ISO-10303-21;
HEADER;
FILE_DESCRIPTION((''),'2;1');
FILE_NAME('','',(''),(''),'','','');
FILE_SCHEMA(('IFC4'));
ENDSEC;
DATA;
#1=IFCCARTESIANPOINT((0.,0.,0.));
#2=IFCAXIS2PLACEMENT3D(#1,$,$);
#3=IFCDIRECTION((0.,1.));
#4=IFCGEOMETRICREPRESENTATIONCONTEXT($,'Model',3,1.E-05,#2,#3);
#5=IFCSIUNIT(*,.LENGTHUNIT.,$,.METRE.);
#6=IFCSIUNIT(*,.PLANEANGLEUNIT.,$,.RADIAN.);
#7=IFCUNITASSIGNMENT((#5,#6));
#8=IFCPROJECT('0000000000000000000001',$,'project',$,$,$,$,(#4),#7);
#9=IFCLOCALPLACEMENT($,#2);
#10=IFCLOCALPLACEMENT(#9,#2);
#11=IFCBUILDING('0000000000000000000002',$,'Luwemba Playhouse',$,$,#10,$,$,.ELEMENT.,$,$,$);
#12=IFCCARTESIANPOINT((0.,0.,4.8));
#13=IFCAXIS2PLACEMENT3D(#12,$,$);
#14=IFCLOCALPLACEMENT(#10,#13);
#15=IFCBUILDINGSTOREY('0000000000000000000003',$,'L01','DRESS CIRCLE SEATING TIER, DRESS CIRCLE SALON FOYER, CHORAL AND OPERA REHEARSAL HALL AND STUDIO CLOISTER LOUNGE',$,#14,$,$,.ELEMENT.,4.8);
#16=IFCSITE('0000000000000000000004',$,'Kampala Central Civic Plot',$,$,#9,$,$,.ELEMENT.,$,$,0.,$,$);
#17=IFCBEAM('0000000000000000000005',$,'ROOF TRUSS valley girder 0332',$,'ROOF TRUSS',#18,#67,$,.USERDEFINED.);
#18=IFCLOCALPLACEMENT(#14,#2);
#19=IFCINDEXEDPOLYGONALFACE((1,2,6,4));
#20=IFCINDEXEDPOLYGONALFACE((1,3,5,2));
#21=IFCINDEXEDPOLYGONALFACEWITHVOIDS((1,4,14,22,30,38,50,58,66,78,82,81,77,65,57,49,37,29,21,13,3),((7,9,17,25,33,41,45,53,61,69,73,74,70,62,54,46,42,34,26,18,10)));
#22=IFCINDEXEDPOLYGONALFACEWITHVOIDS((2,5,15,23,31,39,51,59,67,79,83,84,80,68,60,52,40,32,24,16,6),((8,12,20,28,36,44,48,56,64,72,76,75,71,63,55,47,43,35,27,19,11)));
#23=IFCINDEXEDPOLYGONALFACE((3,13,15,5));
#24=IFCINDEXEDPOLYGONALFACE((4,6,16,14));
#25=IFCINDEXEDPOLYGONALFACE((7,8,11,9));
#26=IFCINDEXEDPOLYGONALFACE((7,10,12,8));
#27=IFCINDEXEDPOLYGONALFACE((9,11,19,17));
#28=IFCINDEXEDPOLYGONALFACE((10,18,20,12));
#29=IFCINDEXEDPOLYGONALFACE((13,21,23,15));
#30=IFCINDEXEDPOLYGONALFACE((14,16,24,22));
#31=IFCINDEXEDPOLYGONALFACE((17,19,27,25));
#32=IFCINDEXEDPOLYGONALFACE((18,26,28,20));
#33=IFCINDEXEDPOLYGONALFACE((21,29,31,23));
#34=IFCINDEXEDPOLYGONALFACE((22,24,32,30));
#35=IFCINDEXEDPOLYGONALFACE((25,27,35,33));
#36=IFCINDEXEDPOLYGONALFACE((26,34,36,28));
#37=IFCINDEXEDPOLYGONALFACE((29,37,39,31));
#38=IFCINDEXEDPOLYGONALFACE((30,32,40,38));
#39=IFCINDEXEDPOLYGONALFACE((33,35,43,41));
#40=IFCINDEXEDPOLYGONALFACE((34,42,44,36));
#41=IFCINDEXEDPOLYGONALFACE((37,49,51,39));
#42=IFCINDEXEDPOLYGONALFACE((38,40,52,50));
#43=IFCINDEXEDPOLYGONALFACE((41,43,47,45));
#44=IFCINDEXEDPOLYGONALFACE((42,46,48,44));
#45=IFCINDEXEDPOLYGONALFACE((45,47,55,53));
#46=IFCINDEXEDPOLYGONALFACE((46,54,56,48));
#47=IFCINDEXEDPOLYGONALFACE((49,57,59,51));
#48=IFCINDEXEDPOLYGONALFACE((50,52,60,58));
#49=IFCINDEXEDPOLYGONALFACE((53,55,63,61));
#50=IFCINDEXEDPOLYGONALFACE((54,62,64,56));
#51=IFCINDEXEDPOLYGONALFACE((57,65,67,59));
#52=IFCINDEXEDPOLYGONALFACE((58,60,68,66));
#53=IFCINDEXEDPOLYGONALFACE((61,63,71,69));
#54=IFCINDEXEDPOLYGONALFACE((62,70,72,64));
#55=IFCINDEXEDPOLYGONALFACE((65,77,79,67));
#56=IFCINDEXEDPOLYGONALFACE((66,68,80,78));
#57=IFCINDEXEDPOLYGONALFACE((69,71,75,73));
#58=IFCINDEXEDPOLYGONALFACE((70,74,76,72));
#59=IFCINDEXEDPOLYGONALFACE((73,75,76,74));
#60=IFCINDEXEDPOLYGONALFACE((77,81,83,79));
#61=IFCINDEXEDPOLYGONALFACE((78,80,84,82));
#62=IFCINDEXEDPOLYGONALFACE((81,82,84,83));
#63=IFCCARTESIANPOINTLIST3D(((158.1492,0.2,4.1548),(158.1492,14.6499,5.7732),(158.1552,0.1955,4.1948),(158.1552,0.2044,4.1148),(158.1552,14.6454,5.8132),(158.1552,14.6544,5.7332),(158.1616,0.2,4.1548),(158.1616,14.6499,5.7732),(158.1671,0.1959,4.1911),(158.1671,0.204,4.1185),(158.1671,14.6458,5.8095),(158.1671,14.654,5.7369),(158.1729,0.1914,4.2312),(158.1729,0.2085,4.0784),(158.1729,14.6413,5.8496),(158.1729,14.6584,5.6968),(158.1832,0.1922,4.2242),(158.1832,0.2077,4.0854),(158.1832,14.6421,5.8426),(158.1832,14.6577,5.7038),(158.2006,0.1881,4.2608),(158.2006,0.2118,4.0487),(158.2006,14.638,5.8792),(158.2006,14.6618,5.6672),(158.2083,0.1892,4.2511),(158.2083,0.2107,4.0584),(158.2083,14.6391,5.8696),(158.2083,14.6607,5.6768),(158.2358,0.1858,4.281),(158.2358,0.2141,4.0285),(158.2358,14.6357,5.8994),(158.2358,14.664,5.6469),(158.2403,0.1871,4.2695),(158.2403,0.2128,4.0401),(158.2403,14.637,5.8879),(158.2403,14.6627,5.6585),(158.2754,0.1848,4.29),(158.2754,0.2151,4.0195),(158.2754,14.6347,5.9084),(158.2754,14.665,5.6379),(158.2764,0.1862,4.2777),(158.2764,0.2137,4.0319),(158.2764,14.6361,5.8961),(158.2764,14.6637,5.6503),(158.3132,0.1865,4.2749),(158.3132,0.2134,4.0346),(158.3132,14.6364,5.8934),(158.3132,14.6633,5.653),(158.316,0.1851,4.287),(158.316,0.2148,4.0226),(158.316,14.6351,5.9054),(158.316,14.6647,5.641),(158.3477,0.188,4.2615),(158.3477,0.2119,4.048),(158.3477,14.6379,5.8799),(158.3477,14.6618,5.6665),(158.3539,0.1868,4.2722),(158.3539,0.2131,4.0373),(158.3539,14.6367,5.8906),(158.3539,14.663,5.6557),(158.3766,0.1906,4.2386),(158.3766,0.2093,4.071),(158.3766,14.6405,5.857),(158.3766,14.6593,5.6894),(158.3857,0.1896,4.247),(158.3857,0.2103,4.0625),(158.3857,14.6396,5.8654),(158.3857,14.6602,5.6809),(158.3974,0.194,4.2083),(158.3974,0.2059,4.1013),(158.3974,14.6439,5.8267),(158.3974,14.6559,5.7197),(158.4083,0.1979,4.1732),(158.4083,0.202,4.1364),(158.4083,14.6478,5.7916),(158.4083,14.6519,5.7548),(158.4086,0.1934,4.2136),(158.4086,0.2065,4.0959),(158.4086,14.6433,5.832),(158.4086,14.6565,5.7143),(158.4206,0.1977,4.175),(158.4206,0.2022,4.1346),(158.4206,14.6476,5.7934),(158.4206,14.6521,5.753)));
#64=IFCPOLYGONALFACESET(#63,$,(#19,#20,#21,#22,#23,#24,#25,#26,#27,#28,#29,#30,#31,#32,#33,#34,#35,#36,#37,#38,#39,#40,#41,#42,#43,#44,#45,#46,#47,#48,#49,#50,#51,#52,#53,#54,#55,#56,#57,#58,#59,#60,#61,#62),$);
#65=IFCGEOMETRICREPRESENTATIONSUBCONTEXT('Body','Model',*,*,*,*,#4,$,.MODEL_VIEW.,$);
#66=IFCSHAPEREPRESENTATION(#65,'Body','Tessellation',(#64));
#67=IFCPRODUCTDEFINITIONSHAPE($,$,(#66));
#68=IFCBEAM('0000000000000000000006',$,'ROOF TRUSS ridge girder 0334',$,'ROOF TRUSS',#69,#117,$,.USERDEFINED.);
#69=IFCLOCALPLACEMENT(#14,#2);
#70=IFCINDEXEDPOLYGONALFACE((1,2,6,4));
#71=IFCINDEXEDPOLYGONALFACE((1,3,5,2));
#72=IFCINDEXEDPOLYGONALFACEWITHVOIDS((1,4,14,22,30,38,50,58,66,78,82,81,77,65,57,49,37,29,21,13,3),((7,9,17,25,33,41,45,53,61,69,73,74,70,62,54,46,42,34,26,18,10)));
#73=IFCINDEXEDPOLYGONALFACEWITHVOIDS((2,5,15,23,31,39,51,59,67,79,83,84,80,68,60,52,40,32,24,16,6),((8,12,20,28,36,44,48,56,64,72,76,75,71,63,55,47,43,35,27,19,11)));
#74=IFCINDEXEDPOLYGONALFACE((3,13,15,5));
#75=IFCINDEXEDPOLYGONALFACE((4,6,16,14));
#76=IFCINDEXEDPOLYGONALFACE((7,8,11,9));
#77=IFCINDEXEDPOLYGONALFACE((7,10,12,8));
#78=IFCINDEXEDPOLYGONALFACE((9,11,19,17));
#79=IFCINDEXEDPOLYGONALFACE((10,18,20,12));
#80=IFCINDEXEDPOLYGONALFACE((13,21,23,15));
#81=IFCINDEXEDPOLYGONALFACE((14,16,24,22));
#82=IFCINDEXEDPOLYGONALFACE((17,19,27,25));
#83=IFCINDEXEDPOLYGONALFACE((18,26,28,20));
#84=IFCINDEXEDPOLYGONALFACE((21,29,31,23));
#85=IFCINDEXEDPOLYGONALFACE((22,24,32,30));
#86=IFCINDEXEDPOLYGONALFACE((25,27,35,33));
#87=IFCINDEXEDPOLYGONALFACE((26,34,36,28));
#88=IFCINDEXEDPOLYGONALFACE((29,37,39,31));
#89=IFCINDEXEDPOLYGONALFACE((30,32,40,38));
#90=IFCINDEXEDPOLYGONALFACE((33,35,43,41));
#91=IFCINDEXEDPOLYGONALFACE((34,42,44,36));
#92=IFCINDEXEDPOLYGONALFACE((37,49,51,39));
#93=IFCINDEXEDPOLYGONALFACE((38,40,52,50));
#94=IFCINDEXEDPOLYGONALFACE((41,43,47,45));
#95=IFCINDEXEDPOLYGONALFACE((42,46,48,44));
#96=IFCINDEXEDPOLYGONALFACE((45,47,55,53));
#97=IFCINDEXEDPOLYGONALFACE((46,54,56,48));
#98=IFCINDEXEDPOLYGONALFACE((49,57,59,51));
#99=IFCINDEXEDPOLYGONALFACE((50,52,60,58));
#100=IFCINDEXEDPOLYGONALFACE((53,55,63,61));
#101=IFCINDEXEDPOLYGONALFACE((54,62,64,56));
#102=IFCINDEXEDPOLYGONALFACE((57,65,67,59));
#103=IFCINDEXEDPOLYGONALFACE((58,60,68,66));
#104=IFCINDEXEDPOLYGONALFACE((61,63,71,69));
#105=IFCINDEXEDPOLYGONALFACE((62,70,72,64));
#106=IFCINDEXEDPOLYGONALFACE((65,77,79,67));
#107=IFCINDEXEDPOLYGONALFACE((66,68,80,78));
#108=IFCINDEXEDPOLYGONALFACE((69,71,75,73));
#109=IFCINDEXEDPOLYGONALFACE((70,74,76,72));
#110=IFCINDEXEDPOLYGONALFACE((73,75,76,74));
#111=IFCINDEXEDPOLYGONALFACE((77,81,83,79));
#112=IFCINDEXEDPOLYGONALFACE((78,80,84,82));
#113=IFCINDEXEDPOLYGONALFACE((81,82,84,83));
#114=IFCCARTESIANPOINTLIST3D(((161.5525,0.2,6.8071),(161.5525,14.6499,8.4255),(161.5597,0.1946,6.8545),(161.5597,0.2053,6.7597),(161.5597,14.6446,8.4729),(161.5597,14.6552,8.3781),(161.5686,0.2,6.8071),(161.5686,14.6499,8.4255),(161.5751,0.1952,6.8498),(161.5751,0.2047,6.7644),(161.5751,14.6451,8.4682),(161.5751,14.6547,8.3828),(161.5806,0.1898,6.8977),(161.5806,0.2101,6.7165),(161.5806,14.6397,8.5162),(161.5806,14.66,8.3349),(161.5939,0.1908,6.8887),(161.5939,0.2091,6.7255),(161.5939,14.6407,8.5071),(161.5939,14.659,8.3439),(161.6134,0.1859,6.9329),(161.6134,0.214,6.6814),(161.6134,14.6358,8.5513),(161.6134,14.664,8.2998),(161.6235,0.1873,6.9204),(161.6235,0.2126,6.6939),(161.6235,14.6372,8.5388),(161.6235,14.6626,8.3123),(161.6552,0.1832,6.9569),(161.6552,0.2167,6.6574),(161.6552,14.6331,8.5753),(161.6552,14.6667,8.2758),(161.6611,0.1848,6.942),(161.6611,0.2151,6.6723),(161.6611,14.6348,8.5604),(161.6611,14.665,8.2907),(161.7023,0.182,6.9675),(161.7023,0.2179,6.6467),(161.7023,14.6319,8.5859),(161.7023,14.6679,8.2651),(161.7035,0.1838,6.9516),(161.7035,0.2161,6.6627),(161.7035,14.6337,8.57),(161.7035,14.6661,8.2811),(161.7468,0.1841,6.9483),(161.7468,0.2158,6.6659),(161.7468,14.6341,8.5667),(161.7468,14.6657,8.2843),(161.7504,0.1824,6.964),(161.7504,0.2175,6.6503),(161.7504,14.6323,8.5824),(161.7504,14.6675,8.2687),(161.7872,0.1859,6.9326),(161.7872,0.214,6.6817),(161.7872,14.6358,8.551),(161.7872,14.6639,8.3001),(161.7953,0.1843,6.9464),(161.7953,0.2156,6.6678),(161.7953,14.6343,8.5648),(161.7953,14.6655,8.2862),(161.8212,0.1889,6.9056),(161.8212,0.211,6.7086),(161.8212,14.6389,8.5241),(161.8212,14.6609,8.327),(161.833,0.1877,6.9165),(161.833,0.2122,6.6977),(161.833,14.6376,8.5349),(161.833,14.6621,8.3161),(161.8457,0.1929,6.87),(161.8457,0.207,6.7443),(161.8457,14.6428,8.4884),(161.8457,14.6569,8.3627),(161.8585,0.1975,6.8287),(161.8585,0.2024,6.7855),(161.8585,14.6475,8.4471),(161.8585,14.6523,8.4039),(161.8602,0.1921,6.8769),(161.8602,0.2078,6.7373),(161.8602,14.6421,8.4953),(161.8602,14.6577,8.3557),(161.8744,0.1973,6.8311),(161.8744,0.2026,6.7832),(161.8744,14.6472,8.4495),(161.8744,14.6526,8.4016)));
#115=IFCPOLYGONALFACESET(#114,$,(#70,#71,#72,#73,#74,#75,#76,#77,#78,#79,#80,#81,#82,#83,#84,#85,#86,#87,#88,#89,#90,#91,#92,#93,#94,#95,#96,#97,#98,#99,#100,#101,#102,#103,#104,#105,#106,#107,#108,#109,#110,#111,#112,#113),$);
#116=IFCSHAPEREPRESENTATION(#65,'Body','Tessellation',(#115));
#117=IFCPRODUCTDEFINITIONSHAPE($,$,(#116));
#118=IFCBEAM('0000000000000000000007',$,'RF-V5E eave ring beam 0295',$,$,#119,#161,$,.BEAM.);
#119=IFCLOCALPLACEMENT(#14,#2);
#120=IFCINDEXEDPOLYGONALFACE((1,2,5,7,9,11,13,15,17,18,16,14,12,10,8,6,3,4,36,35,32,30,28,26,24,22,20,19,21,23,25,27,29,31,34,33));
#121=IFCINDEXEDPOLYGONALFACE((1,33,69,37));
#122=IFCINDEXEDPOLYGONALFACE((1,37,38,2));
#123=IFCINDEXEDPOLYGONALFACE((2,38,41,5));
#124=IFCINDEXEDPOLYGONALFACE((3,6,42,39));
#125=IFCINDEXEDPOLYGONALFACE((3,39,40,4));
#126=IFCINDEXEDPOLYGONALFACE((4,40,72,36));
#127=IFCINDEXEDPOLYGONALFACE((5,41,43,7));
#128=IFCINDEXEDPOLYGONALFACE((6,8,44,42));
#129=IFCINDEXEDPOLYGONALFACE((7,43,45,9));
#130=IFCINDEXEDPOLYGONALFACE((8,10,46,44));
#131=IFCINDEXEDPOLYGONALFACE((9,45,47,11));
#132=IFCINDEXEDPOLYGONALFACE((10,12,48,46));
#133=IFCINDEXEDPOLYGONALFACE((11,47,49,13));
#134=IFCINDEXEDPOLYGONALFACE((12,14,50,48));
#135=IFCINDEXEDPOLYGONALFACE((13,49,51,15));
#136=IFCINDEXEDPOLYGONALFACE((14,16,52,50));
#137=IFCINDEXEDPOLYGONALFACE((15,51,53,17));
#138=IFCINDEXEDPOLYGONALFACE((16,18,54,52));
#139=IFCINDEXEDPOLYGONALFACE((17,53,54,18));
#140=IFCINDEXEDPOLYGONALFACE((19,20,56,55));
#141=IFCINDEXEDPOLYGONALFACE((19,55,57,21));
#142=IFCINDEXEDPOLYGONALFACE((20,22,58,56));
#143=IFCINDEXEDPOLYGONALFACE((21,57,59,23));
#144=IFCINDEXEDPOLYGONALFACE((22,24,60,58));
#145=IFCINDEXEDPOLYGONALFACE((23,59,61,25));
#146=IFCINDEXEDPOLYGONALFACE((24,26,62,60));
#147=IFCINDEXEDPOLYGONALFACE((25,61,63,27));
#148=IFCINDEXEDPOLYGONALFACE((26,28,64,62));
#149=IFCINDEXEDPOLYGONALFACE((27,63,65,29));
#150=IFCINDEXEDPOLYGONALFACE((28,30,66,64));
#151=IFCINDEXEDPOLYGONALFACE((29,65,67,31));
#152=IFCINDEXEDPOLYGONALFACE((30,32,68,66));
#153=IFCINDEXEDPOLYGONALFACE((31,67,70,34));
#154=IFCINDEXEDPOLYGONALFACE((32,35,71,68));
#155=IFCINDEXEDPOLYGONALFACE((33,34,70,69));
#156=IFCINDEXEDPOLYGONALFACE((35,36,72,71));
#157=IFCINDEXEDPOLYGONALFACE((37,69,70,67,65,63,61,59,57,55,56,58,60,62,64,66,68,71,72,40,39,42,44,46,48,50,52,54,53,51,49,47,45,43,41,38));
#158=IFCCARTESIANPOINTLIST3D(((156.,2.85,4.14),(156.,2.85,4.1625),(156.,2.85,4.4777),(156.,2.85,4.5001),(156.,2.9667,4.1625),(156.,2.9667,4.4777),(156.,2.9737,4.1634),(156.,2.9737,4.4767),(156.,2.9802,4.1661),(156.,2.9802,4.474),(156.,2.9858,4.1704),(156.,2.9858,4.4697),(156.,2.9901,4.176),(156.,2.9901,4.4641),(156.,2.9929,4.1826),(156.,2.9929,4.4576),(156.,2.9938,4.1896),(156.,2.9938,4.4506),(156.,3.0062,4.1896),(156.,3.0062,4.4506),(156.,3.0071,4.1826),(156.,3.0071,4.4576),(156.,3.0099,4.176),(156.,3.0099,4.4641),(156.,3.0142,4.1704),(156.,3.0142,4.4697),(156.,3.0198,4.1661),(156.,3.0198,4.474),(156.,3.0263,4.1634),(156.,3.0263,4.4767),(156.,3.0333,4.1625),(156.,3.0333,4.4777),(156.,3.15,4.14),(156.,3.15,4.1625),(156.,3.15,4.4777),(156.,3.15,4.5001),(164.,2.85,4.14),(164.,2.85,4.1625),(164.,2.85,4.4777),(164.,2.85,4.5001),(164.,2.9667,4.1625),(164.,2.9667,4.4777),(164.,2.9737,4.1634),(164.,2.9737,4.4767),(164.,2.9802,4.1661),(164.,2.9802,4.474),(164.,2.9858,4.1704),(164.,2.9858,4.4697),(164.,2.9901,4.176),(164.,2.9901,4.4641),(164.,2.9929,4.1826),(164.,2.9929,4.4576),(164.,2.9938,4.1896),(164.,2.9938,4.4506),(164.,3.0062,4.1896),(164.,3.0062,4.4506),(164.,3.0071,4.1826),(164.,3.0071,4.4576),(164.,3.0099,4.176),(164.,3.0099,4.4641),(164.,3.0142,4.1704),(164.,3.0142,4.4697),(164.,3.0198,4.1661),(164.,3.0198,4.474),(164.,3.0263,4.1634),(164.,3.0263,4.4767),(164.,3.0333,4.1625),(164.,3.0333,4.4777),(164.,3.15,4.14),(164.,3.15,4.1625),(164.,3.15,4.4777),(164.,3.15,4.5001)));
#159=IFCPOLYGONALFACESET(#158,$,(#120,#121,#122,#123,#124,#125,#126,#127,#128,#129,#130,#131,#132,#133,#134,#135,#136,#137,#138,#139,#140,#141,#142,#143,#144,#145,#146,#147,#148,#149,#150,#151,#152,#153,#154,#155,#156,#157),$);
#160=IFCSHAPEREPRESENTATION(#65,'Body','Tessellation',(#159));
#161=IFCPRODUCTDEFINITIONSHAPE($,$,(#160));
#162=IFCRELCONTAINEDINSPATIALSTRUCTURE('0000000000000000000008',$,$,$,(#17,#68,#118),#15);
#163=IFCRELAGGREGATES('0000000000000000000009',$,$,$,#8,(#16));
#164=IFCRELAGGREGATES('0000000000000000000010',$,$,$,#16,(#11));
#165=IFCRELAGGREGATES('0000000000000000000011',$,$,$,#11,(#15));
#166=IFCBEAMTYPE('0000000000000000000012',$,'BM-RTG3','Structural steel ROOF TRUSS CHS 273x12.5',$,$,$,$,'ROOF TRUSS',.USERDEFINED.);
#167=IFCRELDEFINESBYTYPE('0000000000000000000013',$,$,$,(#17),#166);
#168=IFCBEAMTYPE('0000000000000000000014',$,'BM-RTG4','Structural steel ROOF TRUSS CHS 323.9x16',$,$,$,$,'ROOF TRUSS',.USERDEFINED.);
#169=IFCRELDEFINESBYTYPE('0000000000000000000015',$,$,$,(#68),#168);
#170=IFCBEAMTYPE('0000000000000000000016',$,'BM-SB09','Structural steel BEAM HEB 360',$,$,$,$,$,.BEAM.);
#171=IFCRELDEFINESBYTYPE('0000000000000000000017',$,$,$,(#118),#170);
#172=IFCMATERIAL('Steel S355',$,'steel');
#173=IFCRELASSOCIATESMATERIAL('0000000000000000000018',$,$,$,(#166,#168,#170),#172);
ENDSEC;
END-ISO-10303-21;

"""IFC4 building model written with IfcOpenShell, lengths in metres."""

from ifc_helpers import new_model, si_unit, direction, frame, origin, origin_2d, place, context, subcontext, project, spatial, hollow_circle, i_section, extrude, material, material_profile, profile_set, type_object, element, save


model = new_model("IFC4")

# Units and contexts
model_context = context("Model", 3, precision=1e-05, world=origin(), true_north=direction((0.0, 1.0)))
body_context = subcontext(model_context, "Body", "Model", "MODEL_VIEW")
ifc_project = project(units=[si_unit("LENGTHUNIT", "METRE"), si_unit("PLANEANGLEUNIT", "RADIAN")], contexts=[model_context])

# Site, building, storey
site_placement = place(None, origin())
site = spatial("IfcSite", under=ifc_project, at=site_placement, Name="Kampala Central Civic Plot", CompositionType="ELEMENT", RefElevation=0.0)
building_placement = place(site_placement, origin())
building = spatial("IfcBuilding", under=site, at=building_placement, Name="Luwemba Playhouse", CompositionType="ELEMENT")
storey_placement = place(building_placement, frame((0.0, 0.0, 4.8)))
storey = spatial("IfcBuildingStorey", under=building, at=storey_placement, Name="L01", Description="DRESS CIRCLE SEATING TIER, DRESS CIRCLE SALON FOYER, CHORAL AND OPERA REHEARSAL HALL AND STUDIO CLOISTER LOUNGE", CompositionType="ELEMENT", Elevation=4.8)

# Beams
ifc_material_1 = material(Name="Steel S355", Category="steel")
ifc_material_profile_1 = material_profile(ifc_material_1, hollow_circle(Radius=0.1365, WallThickness=0.0125, at=origin_2d()))
ifc_profile_set_1 = profile_set([ifc_material_profile_1], Name="Steel S355")
beam_type_1 = type_object("IfcBeamType", Name="BM-RTG3", Description="Structural steel ROOF TRUSS CHS 273x12.5", ElementType="ROOF TRUSS", PredefinedType="USERDEFINED", material=ifc_profile_set_1)
beam_1_placement = place(storey_placement, frame((158.2856, 0.2, 4.1548), z_axis=(0.0, 0.993786, 0.111305), x_axis=(-1.0, 0.0, 0.0)))
element("IfcBeam", 1, at=beam_1_placement, inside=storey, type_object=beam_type_1, Name="ROOF TRUSS valley girder 0332", ObjectType="ROOF TRUSS", PredefinedType="USERDEFINED", context=body_context, shape_type="SweptSolid", body=[
    extrude(hollow_circle(Radius=0.1365, WallThickness=0.0125, at=origin_2d()), origin(), (0.0, 0.0, 1.0), 14.5403),
])
ifc_material_profile_2 = material_profile(ifc_material_1, hollow_circle(Radius=0.1619, WallThickness=0.0161, at=origin_2d()))
ifc_profile_set_2 = profile_set([ifc_material_profile_2], Name="Steel S355")
beam_type_2 = type_object("IfcBeamType", Name="BM-RTG4", Description="Structural steel ROOF TRUSS CHS 323.9x16", ElementType="ROOF TRUSS", PredefinedType="USERDEFINED", material=ifc_profile_set_2)
beam_2_placement = place(storey_placement, frame((161.7144, 0.2, 6.8071), z_axis=(0.0, 0.993786, 0.111305), x_axis=(-1.0, 0.0, 0.0)))
element("IfcBeam", 2, at=beam_2_placement, inside=storey, type_object=beam_type_2, Name="ROOF TRUSS ridge girder 0334", ObjectType="ROOF TRUSS", PredefinedType="USERDEFINED", context=body_context, shape_type="SweptSolid", body=[
    extrude(hollow_circle(Radius=0.1619, WallThickness=0.0161, at=origin_2d()), origin(), (0.0, 0.0, 1.0), 14.5403),
])
ifc_material_profile_3 = material_profile(ifc_material_1, i_section(OverallWidth=0.3, OverallDepth=0.3601, WebThickness=0.0125, FlangeThickness=0.0225, FilletRadius=0.0271, at=origin_2d()))
ifc_profile_set_3 = profile_set([ifc_material_profile_3], Name="Steel S355")
beam_type_3 = type_object("IfcBeamType", Name="BM-SB09", Description="Structural steel BEAM HEB 360", PredefinedType="BEAM", material=ifc_profile_set_3)
beam_3_placement = place(storey_placement, frame((156.0, 3.0, 4.3201), z_axis=(1.0, 0.0, 0.0), x_axis=(0.0, 1.0, 0.0)))
element("IfcBeam", 3, at=beam_3_placement, inside=storey, type_object=beam_type_3, Name="RF-V5E eave ring beam 0295", PredefinedType="BEAM", context=body_context, shape_type="SweptSolid", body=[
    extrude(i_section(OverallWidth=0.3, OverallDepth=0.3601, WebThickness=0.0125, FlangeThickness=0.0225, FilletRadius=0.0271, at=origin_2d()), origin(), (0.0, 0.0, 1.0), 8.0),
])

save(model, "model.ifc")
